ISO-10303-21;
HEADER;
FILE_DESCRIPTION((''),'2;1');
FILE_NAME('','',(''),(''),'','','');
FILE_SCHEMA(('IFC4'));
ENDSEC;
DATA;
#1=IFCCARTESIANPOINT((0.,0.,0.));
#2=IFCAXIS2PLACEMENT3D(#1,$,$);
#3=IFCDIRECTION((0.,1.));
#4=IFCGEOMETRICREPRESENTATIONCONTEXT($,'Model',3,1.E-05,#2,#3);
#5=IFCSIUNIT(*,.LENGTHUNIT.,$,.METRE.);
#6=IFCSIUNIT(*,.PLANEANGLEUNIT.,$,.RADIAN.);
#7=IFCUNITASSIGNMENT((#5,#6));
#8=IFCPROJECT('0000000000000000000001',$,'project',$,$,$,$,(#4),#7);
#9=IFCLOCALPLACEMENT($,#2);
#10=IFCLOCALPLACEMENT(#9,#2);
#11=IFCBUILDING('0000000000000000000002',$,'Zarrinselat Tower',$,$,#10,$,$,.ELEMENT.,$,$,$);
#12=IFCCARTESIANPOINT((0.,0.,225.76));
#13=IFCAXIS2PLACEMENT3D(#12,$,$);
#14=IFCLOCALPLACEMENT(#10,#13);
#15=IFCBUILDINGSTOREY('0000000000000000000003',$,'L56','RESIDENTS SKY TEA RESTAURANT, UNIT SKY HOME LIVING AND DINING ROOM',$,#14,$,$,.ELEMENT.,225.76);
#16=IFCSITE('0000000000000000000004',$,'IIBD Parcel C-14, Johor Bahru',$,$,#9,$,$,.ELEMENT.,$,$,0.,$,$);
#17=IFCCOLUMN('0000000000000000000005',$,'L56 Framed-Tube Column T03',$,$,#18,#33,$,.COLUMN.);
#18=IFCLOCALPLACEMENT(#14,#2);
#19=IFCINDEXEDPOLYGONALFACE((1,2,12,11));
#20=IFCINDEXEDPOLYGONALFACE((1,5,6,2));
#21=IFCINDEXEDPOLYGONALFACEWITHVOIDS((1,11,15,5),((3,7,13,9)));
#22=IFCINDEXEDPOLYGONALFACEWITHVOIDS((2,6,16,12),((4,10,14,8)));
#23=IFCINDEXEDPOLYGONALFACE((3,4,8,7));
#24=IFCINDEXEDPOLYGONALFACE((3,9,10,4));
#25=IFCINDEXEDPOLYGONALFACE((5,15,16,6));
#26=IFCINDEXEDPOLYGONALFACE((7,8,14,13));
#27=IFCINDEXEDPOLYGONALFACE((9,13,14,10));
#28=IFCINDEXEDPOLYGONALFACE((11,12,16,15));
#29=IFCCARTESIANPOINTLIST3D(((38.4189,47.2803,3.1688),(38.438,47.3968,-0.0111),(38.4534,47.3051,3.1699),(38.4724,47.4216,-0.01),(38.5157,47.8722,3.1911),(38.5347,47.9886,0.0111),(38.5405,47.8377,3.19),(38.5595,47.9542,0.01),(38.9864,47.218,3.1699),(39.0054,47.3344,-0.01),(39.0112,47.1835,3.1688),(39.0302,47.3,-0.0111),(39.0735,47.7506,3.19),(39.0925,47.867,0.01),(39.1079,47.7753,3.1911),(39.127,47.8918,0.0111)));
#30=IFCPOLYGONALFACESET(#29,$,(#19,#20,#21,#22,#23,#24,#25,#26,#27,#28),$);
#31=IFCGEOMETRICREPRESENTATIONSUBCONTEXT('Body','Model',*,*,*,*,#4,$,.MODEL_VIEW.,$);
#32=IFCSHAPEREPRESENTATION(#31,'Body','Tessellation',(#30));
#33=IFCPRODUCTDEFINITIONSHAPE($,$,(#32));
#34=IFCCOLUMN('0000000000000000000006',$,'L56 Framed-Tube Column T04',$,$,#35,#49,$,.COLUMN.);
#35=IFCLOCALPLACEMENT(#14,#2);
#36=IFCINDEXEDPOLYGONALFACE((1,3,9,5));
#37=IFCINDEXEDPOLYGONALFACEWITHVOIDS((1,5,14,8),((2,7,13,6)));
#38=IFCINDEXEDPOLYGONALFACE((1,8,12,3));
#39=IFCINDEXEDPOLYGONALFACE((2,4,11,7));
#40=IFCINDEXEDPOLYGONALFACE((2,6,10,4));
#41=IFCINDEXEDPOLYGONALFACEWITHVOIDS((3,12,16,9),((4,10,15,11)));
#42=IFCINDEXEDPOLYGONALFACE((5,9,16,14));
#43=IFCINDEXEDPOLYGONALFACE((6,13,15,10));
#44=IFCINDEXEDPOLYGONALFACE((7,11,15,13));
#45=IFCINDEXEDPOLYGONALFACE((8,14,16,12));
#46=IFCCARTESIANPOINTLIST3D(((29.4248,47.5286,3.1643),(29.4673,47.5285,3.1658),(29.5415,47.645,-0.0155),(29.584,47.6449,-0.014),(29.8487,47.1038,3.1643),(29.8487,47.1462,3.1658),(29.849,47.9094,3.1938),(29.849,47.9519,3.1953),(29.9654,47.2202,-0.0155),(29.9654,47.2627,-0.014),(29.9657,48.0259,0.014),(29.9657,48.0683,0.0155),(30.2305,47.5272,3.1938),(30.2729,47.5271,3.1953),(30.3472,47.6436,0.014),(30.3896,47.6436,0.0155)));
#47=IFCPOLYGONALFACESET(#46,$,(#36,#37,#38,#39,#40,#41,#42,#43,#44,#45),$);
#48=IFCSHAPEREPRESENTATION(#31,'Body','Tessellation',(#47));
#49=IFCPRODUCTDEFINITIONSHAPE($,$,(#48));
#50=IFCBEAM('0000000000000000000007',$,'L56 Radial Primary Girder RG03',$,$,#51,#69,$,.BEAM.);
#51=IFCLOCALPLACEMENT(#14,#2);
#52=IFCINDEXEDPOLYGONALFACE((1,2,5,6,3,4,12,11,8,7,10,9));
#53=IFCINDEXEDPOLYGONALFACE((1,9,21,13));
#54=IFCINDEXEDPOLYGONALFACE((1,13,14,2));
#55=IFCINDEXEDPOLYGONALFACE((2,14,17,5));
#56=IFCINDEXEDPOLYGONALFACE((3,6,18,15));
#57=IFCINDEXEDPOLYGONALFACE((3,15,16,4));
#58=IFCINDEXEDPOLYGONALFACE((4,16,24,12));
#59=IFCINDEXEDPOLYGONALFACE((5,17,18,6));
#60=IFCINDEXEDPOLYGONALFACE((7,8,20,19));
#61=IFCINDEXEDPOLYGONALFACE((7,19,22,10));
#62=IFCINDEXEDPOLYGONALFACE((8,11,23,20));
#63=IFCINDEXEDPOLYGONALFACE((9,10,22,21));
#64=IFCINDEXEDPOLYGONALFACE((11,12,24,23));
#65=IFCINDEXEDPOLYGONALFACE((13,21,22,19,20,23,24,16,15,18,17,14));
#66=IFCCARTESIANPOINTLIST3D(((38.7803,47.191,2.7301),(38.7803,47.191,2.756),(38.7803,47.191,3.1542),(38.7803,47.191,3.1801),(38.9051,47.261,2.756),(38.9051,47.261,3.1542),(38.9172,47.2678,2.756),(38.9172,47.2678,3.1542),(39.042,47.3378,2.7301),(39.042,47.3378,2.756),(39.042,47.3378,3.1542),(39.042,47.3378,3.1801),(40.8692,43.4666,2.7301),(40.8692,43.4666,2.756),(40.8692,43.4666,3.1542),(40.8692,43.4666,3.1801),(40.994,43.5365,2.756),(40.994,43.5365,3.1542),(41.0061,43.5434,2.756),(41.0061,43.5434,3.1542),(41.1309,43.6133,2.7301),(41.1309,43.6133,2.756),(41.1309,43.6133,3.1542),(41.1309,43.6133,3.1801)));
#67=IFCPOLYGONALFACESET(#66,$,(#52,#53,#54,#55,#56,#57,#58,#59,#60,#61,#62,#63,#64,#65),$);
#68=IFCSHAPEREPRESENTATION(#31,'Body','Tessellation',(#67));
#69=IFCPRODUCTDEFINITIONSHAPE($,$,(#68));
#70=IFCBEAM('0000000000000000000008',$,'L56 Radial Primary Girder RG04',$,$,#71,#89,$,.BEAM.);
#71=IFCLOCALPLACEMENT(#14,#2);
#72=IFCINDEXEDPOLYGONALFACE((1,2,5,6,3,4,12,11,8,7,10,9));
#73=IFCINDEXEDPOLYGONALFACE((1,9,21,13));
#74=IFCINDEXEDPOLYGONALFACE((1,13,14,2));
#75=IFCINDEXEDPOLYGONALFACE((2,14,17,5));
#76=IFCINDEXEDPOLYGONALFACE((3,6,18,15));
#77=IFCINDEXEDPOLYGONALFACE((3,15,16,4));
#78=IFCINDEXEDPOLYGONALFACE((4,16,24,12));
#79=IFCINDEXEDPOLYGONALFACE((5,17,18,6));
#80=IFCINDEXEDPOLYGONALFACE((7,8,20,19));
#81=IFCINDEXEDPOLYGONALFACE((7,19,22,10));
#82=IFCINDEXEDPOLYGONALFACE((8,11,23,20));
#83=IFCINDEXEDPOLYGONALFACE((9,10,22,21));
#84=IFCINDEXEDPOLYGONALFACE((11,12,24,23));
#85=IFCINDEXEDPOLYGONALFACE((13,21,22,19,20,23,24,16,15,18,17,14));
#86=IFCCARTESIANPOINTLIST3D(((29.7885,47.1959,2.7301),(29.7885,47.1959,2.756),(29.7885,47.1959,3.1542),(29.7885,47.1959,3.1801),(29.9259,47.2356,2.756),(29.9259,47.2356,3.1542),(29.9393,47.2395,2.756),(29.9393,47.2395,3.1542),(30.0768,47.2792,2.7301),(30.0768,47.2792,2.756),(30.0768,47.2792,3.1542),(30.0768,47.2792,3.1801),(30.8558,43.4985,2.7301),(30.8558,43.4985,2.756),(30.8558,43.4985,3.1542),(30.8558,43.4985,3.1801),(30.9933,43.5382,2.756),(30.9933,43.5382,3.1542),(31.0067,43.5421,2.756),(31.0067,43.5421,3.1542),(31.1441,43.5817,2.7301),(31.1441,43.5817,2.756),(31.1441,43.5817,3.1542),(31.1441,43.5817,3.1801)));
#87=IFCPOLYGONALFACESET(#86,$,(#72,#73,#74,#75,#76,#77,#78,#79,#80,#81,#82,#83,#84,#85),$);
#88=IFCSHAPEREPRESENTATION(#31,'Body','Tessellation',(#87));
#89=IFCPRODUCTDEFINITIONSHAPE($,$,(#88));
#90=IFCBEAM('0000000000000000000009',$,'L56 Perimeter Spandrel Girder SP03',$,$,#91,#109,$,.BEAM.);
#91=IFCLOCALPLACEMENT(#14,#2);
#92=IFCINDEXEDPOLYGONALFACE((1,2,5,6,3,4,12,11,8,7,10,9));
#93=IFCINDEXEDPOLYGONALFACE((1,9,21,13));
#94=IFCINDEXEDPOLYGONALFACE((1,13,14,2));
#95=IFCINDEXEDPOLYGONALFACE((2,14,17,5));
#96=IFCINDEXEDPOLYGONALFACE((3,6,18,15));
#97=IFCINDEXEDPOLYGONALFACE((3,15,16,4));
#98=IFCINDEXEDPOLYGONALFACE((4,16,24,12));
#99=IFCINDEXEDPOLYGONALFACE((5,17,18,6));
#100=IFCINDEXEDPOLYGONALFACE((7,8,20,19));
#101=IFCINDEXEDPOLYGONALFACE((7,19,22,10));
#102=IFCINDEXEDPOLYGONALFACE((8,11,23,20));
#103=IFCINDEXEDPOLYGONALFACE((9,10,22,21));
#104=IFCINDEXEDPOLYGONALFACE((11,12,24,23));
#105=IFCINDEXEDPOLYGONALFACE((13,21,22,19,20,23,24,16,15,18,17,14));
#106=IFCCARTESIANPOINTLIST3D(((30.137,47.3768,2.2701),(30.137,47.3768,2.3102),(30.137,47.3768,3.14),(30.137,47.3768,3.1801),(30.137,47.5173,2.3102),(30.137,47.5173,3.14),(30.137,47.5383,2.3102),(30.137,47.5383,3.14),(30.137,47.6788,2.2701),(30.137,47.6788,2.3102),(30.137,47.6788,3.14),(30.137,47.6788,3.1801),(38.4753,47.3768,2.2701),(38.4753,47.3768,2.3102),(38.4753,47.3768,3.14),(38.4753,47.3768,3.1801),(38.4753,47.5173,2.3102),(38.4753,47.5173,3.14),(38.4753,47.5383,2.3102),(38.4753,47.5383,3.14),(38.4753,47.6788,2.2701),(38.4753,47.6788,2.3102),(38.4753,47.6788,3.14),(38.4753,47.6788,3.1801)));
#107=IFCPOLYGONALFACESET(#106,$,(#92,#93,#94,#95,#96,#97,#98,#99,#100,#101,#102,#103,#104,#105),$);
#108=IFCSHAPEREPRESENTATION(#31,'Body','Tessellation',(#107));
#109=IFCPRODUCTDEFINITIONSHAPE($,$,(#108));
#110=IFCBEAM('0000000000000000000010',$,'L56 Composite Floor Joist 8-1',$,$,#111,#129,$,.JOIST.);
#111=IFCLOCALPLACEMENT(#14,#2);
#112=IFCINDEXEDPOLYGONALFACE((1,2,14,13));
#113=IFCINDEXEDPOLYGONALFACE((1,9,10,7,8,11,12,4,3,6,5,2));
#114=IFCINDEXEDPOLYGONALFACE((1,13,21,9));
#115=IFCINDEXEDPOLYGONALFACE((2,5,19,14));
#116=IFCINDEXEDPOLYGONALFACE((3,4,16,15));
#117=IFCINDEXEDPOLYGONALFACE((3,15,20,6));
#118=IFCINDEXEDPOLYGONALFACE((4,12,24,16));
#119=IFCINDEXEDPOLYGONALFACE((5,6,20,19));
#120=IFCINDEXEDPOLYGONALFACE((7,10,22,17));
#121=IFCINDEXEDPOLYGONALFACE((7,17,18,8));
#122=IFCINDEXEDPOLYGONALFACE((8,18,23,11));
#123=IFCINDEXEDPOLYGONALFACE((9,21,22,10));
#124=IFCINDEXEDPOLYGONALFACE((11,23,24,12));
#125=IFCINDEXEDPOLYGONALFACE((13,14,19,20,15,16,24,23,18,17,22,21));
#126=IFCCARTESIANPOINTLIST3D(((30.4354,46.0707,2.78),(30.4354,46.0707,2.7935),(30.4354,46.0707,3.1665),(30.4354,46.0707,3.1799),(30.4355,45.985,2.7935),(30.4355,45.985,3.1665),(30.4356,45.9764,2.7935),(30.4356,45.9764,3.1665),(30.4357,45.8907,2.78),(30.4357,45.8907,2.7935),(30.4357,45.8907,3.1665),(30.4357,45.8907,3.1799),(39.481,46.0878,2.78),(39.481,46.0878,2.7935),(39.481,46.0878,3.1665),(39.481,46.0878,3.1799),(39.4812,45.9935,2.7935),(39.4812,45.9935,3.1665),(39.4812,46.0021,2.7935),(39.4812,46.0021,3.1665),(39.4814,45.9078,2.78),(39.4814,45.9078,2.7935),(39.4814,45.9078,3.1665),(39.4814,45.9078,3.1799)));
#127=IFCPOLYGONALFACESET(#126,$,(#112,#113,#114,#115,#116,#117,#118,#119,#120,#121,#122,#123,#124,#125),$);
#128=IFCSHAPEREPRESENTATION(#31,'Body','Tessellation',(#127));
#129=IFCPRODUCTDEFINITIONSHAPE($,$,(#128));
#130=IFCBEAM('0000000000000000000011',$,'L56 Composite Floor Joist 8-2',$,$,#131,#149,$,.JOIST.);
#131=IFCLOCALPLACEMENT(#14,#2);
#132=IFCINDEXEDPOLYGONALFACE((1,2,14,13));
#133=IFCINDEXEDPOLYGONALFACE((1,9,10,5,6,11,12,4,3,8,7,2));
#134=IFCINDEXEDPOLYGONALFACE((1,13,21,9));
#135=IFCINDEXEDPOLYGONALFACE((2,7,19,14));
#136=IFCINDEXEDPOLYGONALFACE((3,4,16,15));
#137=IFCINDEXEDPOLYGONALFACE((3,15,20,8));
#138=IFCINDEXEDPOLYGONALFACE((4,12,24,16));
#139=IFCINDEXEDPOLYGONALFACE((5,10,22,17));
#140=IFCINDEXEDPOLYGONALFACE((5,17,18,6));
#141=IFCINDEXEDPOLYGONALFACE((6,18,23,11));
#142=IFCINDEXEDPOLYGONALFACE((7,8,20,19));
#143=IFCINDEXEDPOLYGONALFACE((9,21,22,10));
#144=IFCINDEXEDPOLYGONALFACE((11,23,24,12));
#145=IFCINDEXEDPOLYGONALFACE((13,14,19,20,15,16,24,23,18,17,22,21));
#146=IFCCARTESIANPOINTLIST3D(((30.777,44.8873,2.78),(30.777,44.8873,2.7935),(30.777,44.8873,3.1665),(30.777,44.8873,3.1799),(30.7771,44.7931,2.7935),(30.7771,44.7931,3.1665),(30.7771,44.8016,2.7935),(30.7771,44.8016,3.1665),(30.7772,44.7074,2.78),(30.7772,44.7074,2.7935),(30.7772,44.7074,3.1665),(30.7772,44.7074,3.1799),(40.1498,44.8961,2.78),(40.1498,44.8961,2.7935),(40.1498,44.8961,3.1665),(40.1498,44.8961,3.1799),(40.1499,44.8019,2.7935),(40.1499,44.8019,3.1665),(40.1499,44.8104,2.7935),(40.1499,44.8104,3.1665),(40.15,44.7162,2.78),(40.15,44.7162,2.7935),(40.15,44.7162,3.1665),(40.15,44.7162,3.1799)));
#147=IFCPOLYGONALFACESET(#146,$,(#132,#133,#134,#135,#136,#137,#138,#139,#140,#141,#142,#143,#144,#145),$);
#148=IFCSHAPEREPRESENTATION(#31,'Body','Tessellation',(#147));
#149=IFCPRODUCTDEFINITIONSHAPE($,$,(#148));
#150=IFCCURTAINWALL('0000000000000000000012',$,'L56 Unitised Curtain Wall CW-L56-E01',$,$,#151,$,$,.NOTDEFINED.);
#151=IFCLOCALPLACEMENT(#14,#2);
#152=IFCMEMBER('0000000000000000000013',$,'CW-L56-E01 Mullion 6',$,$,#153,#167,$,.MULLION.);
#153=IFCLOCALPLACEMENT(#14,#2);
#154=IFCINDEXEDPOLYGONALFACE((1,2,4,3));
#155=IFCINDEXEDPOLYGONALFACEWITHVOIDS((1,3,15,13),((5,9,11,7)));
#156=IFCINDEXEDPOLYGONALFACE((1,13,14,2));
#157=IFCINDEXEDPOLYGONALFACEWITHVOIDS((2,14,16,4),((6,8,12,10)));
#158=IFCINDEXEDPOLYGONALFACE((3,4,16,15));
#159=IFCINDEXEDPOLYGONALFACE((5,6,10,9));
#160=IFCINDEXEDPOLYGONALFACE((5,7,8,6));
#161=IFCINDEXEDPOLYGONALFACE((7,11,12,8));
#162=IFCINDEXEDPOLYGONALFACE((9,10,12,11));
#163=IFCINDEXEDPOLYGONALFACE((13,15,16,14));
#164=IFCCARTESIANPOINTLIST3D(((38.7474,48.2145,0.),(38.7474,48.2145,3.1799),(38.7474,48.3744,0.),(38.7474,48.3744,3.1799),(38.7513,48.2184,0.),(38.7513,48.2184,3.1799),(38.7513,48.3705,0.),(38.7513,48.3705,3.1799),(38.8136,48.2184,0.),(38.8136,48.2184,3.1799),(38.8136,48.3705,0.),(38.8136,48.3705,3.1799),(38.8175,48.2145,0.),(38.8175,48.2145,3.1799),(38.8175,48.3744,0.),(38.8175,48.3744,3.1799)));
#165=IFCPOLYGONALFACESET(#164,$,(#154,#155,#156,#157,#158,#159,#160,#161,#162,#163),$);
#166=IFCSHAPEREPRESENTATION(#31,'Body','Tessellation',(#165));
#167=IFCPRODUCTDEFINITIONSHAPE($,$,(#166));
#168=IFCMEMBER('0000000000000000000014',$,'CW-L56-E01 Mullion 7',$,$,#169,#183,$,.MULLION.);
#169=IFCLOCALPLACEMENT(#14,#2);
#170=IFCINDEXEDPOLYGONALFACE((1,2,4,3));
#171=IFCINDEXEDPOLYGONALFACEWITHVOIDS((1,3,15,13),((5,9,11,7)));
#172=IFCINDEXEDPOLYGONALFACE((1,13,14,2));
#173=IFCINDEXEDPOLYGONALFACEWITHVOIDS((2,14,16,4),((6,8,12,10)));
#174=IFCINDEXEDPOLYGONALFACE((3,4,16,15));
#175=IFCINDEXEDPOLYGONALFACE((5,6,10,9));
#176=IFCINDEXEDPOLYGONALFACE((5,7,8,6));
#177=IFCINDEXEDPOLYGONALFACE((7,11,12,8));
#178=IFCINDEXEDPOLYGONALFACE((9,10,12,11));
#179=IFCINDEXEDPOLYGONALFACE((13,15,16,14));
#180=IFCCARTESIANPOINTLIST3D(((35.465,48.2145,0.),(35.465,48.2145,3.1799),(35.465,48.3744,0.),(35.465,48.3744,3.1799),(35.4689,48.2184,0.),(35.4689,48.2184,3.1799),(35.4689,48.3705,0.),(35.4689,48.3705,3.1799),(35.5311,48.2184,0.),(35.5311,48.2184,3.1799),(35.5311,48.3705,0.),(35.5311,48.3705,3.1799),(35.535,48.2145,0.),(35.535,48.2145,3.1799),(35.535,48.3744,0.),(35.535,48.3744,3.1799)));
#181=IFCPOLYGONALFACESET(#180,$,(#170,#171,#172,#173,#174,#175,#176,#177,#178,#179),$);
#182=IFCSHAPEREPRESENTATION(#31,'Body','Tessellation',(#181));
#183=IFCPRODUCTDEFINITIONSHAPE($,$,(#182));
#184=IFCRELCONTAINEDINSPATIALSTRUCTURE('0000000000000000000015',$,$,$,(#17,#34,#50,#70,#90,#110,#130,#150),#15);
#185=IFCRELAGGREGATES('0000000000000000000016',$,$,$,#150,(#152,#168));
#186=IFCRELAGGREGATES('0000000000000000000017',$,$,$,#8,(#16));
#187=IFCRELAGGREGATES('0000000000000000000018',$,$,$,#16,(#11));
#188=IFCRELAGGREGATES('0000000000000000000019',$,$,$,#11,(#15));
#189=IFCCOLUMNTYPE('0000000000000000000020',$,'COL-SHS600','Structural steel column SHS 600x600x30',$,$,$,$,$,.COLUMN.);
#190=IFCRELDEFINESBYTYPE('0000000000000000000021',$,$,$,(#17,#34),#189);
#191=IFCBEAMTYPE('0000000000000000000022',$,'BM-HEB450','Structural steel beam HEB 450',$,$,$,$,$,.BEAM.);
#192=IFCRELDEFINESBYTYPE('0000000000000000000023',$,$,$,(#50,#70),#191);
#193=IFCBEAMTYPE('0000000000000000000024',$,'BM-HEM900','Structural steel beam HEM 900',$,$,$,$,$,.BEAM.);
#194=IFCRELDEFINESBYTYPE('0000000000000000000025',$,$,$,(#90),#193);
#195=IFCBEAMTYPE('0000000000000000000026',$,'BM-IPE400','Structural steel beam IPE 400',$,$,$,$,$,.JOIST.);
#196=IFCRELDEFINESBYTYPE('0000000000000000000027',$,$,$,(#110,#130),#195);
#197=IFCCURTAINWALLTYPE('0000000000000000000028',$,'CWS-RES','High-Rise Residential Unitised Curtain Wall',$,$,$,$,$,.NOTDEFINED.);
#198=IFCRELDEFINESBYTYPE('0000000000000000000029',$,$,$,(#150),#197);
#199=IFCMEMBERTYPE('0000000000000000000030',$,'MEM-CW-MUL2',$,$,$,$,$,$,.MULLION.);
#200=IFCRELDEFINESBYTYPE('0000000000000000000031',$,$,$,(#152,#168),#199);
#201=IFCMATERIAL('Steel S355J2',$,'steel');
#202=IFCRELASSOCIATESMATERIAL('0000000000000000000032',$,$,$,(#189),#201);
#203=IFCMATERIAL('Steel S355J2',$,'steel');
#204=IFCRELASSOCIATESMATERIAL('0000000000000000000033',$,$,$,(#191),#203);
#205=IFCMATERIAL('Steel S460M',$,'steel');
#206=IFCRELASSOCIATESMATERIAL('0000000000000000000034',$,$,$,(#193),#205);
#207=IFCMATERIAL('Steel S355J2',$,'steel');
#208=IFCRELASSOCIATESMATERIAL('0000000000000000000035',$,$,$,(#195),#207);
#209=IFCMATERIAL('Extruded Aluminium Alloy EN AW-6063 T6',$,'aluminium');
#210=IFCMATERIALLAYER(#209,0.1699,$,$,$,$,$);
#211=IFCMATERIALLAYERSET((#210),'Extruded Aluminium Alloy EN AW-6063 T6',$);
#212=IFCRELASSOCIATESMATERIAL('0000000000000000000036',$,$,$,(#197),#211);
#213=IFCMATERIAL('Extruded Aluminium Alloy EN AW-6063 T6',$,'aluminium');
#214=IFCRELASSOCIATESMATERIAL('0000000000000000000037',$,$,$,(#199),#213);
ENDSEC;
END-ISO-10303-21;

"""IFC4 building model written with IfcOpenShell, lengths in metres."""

from ifc_helpers import new_model, si_unit, direction, frame, origin, origin_2d, place, context, subcontext, project, spatial, hollow_rectangle, i_section, extrude, material, layer, layer_set, material_profile, profile_set, type_object, element, aggregate, save


model = new_model("IFC4")

# Units and contexts
model_context = context("Model", 3, precision=1e-05, world=origin(), true_north=direction((0.0, 1.0)))
body_context = subcontext(model_context, "Body", "Model", "MODEL_VIEW")
ifc_project = project(units=[si_unit("LENGTHUNIT", "METRE"), si_unit("PLANEANGLEUNIT", "RADIAN")], contexts=[model_context])

# Site, building, storey
site_placement = place(None, origin())
site = spatial("IfcSite", under=ifc_project, at=site_placement, Name="IIBD Parcel C-14, Johor Bahru", CompositionType="ELEMENT", RefElevation=0.0)
building_placement = place(site_placement, origin())
building = spatial("IfcBuilding", under=site, at=building_placement, Name="Zarrinselat Tower", CompositionType="ELEMENT")
storey_placement = place(building_placement, frame((0.0, 0.0, 225.76)))
storey = spatial("IfcBuildingStorey", under=building, at=storey_placement, Name="L56", Description="RESIDENTS SKY TEA RESTAURANT, UNIT SKY HOME LIVING AND DINING ROOM", CompositionType="ELEMENT", Elevation=225.76)

# Columns
ifc_material_1 = material(Name="Steel S355J2", Category="steel")
ifc_material_profile_1 = material_profile(ifc_material_1, hollow_rectangle(XDim=0.6001, YDim=0.6001, WallThickness=0.03, at=origin_2d()), Name="SHS 600x600x30")
ifc_profile_set_1 = profile_set([ifc_material_profile_1], Name="Steel S355J2")
column_type = type_object("IfcColumnType", Name="COL-SHS600", Description="Structural steel column SHS 600x600x30", PredefinedType="COLUMN", material=ifc_profile_set_1)
column_1_placement = place(storey_placement, frame((38.7825, 47.6443, 0.0), z_axis=(-0.005984, -0.036597, 0.999312), x_axis=(0.986893, -0.161379, 0.0)))
element("IfcColumn", 1, at=column_1_placement, inside=storey, type_object=column_type, Name="L56 Framed-Tube Column T03", PredefinedType="COLUMN", context=body_context, shape_type="SweptSolid", body=[
    extrude(hollow_rectangle(XDim=0.6001, YDim=0.6001, WallThickness=0.03, at=origin_2d()), origin(), (0.0, 0.0, 1.0), 3.1821),
])
column_2_placement = place(storey_placement, frame((29.9656, 47.6443, 0.0), z_axis=(-0.036649, -0.036573, 0.998659), x_axis=(0.706366, -0.707847, 0.0)))
element("IfcColumn", 2, at=column_2_placement, inside=storey, type_object=column_type, Name="L56 Framed-Tube Column T04", PredefinedType="COLUMN", context=body_context, shape_type="SweptSolid", body=[
    extrude(hollow_rectangle(XDim=0.6001, YDim=0.6001, WallThickness=0.03, at=origin_2d()), origin(), (0.0, 0.0, 1.0), 3.1841),
])

# Beams
ifc_material_2 = material(Name="Steel S355J2", Category="steel")
ifc_material_profile_2 = material_profile(ifc_material_2, i_section(OverallWidth=0.3, OverallDepth=0.45, WebThickness=0.0139, FlangeThickness=0.0259, at=origin_2d()), Name="HEB 450")
ifc_profile_set_2 = profile_set([ifc_material_profile_2], Name="Steel S355J2")
beam_type_1 = type_object("IfcBeamType", Name="BM-HEB450", Description="Structural steel beam HEB 450", PredefinedType="BEAM", material=ifc_profile_set_2)
beam_1_placement = place(storey_placement, frame((38.9111, 47.2644, 2.9551), z_axis=(0.489178, -0.872184, 0.0), x_axis=(0.872184, 0.489178, 0.0)))
element("IfcBeam", 3, at=beam_1_placement, inside=storey, type_object=beam_type_1, Name="L56 Radial Primary Girder RG03", PredefinedType="BEAM", context=body_context, shape_type="SweptSolid", body=[
    extrude(i_section(OverallWidth=0.3, OverallDepth=0.45, WebThickness=0.0139, FlangeThickness=0.0259, at=origin_2d()), origin(), (0.0, 0.0, 1.0), 4.2703),
])
beam_2_placement = place(storey_placement, frame((29.9326, 47.2375, 2.9551), z_axis=(0.277351, -0.960769, 0.0), x_axis=(0.960769, 0.277351, 0.0)))
element("IfcBeam", 4, at=beam_2_placement, inside=storey, type_object=beam_type_1, Name="L56 Radial Primary Girder RG04", PredefinedType="BEAM", context=body_context, shape_type="SweptSolid", body=[
    extrude(i_section(OverallWidth=0.3, OverallDepth=0.45, WebThickness=0.0139, FlangeThickness=0.0259, at=origin_2d()), origin(), (0.0, 0.0, 1.0), 3.8484),
])
ifc_material_3 = material(Name="Steel S460M", Category="steel")
ifc_material_profile_3 = material_profile(ifc_material_3, i_section(OverallWidth=0.302, OverallDepth=0.9099, WebThickness=0.021, FlangeThickness=0.04, at=origin_2d()), Name="HEM 900")
ifc_profile_set_3 = profile_set([ifc_material_profile_3], Name="Steel S460M")
beam_type_2 = type_object("IfcBeamType", Name="BM-HEM900", Description="Structural steel beam HEM 900", PredefinedType="BEAM", material=ifc_profile_set_3)
beam_3_placement = place(storey_placement, frame((30.137, 47.5278, 2.7251), z_axis=(1.0, 0.0, 0.0), x_axis=(0.0, 1.0, 0.0)))
element("IfcBeam", 5, at=beam_3_placement, inside=storey, type_object=beam_type_2, Name="L56 Perimeter Spandrel Girder SP03", PredefinedType="BEAM", context=body_context, shape_type="SweptSolid", body=[
    extrude(i_section(OverallWidth=0.302, OverallDepth=0.9099, WebThickness=0.021, FlangeThickness=0.04, at=origin_2d()), origin(), (0.0, 0.0, 1.0), 8.3384),
])
ifc_material_4 = material(Name="Steel S355J2", Category="steel")
ifc_material_profile_4 = material_profile(ifc_material_4, i_section(OverallWidth=0.1799, OverallDepth=0.3999, WebThickness=0.0085, FlangeThickness=0.0134, at=origin_2d()), Name="IPE 400")
ifc_profile_set_4 = profile_set([ifc_material_profile_4], Name="Steel S355J2")
beam_type_3 = type_object("IfcBeamType", Name="BM-IPE400", Description="Structural steel beam IPE 400", PredefinedType="JOIST", material=ifc_profile_set_4)
beam_4_placement = place(storey_placement, frame((30.4355, 45.9807, 2.98), z_axis=(0.999998, 0.001889, 0.0), x_axis=(-0.001889, 0.999998, 0.0)))
element("IfcBeam", 6, at=beam_4_placement, inside=storey, type_object=beam_type_3, Name="L56 Composite Floor Joist 8-1", PredefinedType="JOIST", context=body_context, shape_type="SweptSolid", body=[
    extrude(i_section(OverallWidth=0.1799, OverallDepth=0.3999, WebThickness=0.0085, FlangeThickness=0.0134, at=origin_2d()), origin(), (0.0, 0.0, 1.0), 9.0457),
])
beam_5_placement = place(storey_placement, frame((30.7771, 44.7974, 2.98), z_axis=(1.0, 0.000938, 0.0), x_axis=(-0.000938, 1.0, 0.0)))
element("IfcBeam", 7, at=beam_5_placement, inside=storey, type_object=beam_type_3, Name="L56 Composite Floor Joist 8-2", PredefinedType="JOIST", context=body_context, shape_type="SweptSolid", body=[
    extrude(i_section(OverallWidth=0.1799, OverallDepth=0.3999, WebThickness=0.0085, FlangeThickness=0.0134, at=origin_2d()), origin(), (0.0, 0.0, 1.0), 9.3728),
])

# Curtain wall, members
ifc_material_5 = material(Name="Extruded Aluminium Alloy EN AW-6063 T6", Category="aluminium")
ifc_layer_1 = layer(ifc_material_5, 0.1699)
ifc_layer_set_1 = layer_set([ifc_layer_1], Name="Extruded Aluminium Alloy EN AW-6063 T6")
curtain_wall_type = type_object("IfcCurtainWallType", Name="CWS-RES", Description="High-Rise Residential Unitised Curtain Wall", PredefinedType="NOTDEFINED", material=ifc_layer_set_1)
curtain_wall_placement = place(storey_placement, origin())
curtain_wall = element("IfcCurtainWall", 8, at=curtain_wall_placement, inside=storey, type_object=curtain_wall_type, Name="L56 Unitised Curtain Wall CW-L56-E01", PredefinedType="NOTDEFINED")
ifc_material_6 = material(Name="Extruded Aluminium Alloy EN AW-6063 T6", Category="aluminium")
ifc_material_profile_5 = material_profile(ifc_material_6, hollow_rectangle(XDim=0.0701, YDim=0.1599, WallThickness=0.0039, at=origin_2d()), Name="RHS 160x70x4")
ifc_profile_set_5 = profile_set([ifc_material_profile_5], Name="Extruded Aluminium Alloy EN AW-6063 T6")
member_type_1 = type_object("IfcMemberType", Name="MEM-CW-MUL2", PredefinedType="MULLION", material=ifc_profile_set_5)
member_1_placement = place(storey_placement, frame((38.7825, 48.2944, 0.0), z_axis=(0.0, 0.0, 1.0), x_axis=(-1.0, 0.0, 0.0)))
member_1 = element("IfcMember", 9, at=member_1_placement, type_object=member_type_1, Name="CW-L56-E01 Mullion 6", PredefinedType="MULLION", context=body_context, shape_type="SweptSolid", body=[
    extrude(hollow_rectangle(XDim=0.0701, YDim=0.1599, WallThickness=0.0039, at=origin_2d()), origin(), (0.0, 0.0, 1.0), 3.1799),
])
member_2_placement = place(storey_placement, frame((35.5, 48.2944, 0.0), z_axis=(0.0, 0.0, 1.0), x_axis=(-1.0, 0.0, 0.0)))
member_2 = element("IfcMember", 10, at=member_2_placement, type_object=member_type_1, Name="CW-L56-E01 Mullion 7", PredefinedType="MULLION", context=body_context, shape_type="SweptSolid", body=[
    extrude(hollow_rectangle(XDim=0.0701, YDim=0.1599, WallThickness=0.0039, at=origin_2d()), origin(), (0.0, 0.0, 1.0), 3.1799),
])
aggregate(curtain_wall, [member_1, member_2])

save(model, "model.ifc")
